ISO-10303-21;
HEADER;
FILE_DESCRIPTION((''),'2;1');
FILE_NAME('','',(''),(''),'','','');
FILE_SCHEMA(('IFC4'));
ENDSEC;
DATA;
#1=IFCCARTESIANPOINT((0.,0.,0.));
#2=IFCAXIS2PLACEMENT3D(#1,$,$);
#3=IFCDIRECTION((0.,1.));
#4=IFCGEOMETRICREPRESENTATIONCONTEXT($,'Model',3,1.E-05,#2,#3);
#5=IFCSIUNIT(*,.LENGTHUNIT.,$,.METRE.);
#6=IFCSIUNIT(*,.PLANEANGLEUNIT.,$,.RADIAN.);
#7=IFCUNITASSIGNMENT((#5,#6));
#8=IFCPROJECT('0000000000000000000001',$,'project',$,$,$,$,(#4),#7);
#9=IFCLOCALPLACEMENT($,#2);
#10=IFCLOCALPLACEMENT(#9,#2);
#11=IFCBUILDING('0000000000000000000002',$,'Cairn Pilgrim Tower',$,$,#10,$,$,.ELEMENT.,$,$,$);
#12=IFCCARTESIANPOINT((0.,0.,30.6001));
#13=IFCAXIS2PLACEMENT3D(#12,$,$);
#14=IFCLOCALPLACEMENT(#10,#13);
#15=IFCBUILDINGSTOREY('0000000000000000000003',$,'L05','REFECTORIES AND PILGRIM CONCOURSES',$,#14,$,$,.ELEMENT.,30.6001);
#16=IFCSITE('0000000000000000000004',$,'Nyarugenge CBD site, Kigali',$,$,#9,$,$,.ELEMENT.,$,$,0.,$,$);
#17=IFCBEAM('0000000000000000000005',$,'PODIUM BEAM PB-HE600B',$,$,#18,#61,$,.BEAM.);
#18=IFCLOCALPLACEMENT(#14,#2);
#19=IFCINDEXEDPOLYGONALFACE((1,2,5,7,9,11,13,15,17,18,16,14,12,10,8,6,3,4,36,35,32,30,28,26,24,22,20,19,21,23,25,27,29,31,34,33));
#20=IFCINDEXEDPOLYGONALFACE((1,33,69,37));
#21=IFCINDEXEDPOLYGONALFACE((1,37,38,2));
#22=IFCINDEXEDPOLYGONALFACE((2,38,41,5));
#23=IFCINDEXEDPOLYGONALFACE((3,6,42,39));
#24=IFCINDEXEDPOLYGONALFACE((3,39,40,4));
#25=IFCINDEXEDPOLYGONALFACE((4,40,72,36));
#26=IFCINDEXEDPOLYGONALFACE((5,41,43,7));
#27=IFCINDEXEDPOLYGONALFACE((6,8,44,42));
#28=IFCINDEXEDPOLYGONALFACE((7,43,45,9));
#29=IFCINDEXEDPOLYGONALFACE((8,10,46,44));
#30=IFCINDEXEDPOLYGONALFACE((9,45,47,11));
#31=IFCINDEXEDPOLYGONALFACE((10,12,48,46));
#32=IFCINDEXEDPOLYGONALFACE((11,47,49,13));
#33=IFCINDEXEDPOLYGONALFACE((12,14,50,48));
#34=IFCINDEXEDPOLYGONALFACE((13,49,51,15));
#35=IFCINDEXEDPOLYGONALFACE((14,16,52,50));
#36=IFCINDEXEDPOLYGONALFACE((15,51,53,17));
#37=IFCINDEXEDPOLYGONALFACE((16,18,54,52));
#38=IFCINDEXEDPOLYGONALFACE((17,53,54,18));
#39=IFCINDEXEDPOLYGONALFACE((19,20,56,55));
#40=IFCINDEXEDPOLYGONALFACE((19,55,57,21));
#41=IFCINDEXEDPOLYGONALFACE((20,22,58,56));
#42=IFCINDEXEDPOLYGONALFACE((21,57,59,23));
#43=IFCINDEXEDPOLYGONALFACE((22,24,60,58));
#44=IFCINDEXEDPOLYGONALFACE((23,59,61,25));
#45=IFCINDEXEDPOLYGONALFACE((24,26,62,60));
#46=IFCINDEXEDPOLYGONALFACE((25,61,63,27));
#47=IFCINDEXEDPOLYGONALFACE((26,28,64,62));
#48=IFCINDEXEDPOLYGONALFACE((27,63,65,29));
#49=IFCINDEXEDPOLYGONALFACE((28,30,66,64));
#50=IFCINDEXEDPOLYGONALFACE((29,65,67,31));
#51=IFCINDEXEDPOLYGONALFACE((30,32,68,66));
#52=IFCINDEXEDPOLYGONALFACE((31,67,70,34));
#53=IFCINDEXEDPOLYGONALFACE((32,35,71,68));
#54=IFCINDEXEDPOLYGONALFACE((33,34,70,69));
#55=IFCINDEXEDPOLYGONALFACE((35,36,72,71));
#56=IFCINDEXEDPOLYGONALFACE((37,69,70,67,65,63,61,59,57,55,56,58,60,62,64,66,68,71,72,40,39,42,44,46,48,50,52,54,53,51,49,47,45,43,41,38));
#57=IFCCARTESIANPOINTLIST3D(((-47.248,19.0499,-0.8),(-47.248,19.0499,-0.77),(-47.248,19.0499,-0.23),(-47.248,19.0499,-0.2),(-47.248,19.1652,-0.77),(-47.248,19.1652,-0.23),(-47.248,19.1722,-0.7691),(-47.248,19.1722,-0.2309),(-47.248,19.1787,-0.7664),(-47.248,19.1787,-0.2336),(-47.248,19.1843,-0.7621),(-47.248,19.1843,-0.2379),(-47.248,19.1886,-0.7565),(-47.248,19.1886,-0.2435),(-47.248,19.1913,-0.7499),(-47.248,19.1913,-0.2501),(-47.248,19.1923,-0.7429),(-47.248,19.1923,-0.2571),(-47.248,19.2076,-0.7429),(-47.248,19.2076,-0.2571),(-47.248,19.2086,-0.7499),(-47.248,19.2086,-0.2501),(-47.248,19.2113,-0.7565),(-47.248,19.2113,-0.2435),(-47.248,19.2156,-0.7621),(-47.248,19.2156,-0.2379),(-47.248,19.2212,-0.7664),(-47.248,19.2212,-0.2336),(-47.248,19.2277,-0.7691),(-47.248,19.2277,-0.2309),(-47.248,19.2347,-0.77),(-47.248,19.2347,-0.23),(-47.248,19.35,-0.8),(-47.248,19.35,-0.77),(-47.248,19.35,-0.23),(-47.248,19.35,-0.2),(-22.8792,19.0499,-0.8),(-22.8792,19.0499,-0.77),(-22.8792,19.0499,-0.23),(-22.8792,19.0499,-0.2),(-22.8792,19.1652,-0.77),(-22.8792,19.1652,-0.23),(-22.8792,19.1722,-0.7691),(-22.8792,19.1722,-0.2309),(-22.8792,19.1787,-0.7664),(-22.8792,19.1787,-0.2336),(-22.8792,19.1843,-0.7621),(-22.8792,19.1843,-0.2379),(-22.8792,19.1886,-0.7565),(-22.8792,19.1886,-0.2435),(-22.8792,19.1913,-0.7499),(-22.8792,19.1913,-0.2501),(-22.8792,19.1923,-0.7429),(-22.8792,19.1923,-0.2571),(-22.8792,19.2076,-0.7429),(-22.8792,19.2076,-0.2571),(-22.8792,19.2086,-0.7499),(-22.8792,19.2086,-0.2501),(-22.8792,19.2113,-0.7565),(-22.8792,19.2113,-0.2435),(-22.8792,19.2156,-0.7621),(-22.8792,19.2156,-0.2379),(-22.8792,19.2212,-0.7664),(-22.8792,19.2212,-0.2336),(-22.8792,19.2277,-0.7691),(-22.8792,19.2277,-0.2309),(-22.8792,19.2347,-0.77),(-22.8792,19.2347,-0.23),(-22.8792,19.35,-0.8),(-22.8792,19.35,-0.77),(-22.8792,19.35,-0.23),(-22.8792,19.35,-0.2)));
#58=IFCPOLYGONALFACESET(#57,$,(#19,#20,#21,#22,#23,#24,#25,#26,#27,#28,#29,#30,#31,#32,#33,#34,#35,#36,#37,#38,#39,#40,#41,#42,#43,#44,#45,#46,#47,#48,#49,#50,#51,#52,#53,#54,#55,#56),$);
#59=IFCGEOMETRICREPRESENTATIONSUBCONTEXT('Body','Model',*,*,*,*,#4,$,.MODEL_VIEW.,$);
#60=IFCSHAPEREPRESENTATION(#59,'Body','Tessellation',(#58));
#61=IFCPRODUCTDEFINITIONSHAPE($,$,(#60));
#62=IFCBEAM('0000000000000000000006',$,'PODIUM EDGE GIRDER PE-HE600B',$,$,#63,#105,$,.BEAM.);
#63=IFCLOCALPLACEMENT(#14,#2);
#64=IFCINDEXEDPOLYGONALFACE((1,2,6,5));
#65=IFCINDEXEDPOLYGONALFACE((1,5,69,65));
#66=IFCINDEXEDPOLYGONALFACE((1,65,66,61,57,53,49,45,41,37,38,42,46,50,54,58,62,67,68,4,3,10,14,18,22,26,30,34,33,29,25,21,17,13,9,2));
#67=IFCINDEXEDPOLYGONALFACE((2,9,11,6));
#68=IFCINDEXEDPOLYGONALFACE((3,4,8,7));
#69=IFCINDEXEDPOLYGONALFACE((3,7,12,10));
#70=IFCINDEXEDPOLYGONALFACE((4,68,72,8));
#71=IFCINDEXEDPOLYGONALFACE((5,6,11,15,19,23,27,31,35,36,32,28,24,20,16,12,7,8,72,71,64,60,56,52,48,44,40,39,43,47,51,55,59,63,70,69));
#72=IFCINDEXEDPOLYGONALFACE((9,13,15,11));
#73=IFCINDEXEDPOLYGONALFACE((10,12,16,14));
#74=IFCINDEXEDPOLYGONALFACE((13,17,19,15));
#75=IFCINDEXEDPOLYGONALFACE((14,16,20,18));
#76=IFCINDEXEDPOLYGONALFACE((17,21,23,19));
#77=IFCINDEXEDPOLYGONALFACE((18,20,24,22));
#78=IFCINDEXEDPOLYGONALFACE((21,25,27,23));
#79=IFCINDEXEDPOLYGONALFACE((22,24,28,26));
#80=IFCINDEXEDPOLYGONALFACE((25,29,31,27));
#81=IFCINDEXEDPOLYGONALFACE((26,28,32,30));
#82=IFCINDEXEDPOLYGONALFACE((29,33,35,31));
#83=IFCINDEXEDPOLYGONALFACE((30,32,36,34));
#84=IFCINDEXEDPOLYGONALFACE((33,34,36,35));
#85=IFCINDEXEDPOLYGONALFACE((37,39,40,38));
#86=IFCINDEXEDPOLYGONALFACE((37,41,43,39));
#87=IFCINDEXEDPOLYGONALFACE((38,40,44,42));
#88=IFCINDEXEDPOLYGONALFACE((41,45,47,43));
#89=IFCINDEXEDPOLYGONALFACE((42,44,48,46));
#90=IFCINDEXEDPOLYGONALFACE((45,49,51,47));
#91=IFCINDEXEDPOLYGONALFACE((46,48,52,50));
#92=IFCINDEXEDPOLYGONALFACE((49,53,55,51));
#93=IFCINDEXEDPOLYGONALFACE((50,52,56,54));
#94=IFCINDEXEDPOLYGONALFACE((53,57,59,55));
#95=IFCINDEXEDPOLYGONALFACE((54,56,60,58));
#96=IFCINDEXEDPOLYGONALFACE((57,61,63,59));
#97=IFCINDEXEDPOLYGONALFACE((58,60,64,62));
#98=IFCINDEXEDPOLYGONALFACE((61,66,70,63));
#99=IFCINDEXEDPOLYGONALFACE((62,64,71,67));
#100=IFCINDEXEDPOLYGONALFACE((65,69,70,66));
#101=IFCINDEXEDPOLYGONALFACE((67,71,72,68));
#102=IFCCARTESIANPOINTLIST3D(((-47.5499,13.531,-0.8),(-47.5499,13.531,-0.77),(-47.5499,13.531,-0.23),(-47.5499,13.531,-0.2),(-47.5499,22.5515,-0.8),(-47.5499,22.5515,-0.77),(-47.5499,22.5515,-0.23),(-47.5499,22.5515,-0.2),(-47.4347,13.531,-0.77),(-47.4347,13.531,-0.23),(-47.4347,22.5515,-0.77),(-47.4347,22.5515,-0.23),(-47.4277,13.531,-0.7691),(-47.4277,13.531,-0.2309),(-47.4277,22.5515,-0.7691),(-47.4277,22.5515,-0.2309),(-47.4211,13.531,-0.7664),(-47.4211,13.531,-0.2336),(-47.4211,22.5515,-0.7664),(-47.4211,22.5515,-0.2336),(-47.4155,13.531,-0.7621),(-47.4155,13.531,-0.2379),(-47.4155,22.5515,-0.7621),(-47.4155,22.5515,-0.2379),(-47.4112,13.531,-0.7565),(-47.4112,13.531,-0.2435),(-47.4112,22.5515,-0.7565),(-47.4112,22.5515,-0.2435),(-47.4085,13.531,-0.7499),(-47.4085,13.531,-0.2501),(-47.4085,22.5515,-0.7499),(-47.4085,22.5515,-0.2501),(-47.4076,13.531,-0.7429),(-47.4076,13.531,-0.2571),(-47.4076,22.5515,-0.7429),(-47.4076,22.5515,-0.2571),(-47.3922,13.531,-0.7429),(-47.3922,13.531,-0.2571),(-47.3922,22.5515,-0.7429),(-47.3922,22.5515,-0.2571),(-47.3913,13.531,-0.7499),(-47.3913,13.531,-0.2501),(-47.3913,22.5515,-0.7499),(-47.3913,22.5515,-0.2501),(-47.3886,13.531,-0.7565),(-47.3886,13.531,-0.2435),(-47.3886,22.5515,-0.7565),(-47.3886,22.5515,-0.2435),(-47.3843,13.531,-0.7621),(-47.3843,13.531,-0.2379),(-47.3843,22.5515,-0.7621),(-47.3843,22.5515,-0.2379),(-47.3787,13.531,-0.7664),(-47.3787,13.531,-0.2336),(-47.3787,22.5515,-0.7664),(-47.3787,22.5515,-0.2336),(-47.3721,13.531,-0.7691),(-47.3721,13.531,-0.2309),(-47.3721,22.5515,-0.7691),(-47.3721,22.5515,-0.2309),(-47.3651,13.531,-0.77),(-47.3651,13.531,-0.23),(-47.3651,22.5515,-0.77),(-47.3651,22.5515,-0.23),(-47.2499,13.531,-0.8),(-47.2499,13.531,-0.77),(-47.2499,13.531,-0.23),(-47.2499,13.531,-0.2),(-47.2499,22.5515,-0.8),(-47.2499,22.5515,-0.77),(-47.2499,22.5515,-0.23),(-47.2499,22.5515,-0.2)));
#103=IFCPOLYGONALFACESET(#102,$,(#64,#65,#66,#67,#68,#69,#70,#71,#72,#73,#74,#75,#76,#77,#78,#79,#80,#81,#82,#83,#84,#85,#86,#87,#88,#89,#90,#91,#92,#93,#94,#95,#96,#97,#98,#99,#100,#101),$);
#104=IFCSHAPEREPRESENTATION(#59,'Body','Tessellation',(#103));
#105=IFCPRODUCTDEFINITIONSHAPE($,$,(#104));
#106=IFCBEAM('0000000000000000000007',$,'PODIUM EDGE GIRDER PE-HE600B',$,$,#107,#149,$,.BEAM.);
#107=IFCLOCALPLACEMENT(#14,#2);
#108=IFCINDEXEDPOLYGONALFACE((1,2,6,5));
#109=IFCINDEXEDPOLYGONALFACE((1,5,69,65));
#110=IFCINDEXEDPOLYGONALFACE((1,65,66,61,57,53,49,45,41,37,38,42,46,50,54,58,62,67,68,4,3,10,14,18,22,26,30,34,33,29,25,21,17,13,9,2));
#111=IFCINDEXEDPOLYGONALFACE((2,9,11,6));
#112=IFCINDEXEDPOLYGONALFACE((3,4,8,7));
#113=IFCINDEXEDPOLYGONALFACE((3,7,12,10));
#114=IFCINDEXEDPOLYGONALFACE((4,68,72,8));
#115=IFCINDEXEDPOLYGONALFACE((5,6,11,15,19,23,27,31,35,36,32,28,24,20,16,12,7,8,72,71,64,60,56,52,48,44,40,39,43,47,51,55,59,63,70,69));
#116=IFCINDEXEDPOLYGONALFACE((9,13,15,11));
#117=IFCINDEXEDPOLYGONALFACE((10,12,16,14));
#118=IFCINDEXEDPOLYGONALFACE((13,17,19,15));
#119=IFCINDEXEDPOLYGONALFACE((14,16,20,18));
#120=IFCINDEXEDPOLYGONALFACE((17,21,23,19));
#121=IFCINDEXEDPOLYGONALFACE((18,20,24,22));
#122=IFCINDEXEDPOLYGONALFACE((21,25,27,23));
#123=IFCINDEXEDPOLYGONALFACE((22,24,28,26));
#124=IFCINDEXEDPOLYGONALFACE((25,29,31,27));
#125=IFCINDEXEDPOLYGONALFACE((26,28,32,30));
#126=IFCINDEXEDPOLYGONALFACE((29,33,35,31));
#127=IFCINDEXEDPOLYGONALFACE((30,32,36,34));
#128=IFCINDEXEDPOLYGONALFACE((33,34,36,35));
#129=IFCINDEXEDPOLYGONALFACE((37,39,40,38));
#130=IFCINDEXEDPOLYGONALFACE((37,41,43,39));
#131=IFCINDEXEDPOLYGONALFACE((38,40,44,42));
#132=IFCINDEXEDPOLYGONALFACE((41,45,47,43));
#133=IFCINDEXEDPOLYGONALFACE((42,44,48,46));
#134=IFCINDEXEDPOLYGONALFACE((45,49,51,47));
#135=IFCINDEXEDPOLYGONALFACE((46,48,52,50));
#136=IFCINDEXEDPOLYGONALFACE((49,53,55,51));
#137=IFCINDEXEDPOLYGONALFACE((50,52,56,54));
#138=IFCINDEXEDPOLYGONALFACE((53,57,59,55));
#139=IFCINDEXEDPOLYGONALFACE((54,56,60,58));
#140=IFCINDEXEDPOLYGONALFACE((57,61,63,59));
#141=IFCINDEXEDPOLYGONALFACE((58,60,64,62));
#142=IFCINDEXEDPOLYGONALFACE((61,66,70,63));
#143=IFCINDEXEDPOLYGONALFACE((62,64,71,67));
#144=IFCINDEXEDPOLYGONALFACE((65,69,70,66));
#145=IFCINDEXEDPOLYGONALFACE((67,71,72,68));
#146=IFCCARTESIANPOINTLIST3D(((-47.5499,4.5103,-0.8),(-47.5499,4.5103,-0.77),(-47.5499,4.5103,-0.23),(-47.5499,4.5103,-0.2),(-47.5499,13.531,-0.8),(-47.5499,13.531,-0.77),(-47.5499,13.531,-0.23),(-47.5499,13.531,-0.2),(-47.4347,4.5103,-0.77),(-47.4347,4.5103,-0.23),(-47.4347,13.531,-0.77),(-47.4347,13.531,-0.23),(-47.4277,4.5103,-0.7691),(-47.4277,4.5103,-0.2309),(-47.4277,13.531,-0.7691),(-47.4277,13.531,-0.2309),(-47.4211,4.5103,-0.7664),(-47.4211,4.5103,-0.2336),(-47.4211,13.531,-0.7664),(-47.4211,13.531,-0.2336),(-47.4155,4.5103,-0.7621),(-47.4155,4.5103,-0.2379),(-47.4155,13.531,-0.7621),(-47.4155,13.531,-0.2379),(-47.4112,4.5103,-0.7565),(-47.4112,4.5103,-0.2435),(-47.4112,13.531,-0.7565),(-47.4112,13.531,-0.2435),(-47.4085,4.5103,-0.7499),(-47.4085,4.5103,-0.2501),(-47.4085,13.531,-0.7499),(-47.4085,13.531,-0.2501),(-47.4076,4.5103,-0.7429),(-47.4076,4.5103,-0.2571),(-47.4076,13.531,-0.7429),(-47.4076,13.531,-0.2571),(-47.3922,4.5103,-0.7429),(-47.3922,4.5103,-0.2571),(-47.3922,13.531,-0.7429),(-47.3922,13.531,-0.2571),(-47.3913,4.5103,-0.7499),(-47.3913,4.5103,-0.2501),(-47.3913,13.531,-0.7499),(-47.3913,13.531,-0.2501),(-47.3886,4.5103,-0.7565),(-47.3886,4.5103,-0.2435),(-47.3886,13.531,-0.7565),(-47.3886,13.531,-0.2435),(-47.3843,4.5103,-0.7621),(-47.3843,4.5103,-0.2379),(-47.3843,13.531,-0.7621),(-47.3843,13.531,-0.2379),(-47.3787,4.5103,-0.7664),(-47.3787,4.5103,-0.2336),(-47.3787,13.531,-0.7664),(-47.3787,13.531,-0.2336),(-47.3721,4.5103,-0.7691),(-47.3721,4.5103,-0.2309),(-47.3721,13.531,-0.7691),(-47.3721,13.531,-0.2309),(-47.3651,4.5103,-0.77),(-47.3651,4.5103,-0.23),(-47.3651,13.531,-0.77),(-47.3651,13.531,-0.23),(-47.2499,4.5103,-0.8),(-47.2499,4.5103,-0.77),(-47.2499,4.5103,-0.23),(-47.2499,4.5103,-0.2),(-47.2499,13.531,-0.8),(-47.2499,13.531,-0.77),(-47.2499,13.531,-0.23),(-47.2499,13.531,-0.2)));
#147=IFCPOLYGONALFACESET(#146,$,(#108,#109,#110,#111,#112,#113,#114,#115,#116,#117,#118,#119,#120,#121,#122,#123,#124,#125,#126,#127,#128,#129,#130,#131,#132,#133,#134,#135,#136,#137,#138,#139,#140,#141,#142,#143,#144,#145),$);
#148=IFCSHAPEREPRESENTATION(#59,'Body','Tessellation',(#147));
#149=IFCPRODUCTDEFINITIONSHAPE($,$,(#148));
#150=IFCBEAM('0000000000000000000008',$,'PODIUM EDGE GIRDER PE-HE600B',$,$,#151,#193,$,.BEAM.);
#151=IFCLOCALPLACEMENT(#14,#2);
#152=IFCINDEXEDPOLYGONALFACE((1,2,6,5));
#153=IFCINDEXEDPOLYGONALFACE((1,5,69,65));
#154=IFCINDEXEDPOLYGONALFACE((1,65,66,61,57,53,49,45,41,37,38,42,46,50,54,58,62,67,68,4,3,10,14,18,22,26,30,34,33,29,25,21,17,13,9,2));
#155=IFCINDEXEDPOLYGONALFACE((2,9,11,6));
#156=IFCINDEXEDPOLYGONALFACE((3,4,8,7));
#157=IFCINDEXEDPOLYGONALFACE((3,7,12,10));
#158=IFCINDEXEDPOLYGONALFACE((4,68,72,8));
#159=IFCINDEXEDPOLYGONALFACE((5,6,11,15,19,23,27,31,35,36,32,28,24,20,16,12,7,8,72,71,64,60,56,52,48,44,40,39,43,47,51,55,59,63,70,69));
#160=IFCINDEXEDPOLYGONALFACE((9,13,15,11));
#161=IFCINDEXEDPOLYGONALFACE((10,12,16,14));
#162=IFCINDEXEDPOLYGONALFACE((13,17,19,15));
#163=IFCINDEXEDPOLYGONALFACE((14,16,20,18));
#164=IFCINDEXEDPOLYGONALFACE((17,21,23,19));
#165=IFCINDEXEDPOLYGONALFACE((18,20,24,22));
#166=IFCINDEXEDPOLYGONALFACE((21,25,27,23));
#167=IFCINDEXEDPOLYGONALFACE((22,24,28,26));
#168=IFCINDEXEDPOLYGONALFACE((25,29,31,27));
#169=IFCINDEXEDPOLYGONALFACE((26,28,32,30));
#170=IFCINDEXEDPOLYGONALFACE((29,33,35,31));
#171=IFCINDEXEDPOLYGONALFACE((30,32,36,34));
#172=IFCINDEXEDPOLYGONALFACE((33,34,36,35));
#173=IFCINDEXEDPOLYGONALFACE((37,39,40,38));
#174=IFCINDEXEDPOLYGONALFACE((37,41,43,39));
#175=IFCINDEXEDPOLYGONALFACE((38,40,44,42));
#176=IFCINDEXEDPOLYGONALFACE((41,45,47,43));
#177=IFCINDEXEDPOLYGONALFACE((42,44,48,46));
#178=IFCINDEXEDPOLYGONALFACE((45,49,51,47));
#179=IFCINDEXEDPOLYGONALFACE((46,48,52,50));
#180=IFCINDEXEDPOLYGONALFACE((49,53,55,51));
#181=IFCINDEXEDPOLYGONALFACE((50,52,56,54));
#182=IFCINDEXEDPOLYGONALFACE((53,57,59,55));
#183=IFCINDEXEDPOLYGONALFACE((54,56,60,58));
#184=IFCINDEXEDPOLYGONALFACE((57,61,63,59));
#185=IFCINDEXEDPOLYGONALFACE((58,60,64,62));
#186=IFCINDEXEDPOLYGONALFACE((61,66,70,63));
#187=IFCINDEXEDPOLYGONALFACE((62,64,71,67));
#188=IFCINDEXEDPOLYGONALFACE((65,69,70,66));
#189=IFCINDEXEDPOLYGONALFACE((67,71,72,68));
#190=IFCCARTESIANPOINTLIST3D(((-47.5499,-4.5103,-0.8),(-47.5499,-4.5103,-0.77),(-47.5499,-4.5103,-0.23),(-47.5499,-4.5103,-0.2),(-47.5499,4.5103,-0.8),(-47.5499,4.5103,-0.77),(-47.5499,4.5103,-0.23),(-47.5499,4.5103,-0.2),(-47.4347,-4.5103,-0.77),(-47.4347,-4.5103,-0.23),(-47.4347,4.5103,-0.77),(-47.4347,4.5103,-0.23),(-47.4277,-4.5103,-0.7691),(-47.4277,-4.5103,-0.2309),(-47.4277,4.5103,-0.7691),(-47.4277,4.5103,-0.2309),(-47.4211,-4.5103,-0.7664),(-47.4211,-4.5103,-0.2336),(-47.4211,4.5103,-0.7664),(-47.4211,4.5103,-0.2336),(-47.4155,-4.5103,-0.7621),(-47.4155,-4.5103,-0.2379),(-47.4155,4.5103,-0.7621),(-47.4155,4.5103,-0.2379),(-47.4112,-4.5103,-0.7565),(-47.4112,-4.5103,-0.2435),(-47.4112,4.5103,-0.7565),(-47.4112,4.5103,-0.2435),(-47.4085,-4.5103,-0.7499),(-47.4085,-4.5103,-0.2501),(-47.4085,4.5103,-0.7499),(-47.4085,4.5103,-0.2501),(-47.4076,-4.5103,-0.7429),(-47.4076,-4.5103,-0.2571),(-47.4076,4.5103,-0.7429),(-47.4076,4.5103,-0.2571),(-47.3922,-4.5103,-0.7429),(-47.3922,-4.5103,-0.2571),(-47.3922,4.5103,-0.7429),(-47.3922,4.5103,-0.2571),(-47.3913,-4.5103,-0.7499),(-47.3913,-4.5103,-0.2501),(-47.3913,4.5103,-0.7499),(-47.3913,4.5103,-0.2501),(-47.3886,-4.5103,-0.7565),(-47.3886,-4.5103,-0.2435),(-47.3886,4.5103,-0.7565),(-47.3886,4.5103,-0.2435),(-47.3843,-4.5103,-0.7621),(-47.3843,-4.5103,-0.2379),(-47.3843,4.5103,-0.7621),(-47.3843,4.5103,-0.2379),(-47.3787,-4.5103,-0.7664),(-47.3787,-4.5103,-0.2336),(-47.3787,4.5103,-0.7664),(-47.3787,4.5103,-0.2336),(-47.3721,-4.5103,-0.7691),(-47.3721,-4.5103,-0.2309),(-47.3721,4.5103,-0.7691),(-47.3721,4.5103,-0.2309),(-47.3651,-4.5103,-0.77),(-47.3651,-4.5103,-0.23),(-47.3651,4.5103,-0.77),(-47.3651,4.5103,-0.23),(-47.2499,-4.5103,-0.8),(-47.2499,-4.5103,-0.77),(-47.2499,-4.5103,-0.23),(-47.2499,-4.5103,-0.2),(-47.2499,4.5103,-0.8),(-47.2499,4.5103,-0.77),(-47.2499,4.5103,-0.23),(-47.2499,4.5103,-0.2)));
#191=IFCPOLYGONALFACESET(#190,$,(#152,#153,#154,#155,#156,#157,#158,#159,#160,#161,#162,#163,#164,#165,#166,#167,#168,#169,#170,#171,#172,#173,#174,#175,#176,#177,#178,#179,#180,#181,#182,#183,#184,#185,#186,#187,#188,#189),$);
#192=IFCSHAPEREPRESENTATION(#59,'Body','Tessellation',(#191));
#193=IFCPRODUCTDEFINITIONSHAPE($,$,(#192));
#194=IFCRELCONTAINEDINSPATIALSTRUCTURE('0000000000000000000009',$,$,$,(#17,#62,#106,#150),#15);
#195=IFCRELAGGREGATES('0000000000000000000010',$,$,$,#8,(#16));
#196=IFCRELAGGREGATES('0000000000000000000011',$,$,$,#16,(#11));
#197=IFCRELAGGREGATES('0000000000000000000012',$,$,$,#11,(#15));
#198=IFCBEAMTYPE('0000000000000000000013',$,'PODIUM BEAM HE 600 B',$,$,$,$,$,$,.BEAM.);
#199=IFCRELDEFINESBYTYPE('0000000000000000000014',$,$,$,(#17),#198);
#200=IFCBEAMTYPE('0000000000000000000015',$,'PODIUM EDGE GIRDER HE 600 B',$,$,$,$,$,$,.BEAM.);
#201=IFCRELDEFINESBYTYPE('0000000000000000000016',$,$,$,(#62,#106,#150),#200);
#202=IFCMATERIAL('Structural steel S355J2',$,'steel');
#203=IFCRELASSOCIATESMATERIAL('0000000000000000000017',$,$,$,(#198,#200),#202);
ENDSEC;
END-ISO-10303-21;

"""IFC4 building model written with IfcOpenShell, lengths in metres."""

from ifc_helpers import new_model, si_unit, direction, frame, origin, origin_2d, place, context, subcontext, project, spatial, i_section, extrude, material, material_profile, profile_set, type_object, element, save


model = new_model("IFC4")

# Units and contexts
model_context = context("Model", 3, precision=1e-05, world=origin(), true_north=direction((0.0, 1.0)))
body_context = subcontext(model_context, "Body", "Model", "MODEL_VIEW")
ifc_project = project(units=[si_unit("LENGTHUNIT", "METRE"), si_unit("PLANEANGLEUNIT", "RADIAN")], contexts=[model_context])

# Site, building, storey
site_placement = place(None, origin())
site = spatial("IfcSite", under=ifc_project, at=site_placement, Name="Nyarugenge CBD site, Kigali", CompositionType="ELEMENT", RefElevation=0.0)
building_placement = place(site_placement, origin())
building = spatial("IfcBuilding", under=site, at=building_placement, Name="Cairn Pilgrim Tower", CompositionType="ELEMENT")
storey_placement = place(building_placement, frame((0.0, 0.0, 30.6001)))
storey = spatial("IfcBuildingStorey", under=building, at=storey_placement, Name="L05", Description="REFECTORIES AND PILGRIM CONCOURSES", CompositionType="ELEMENT", Elevation=30.6001)

# Beams
ifc_material_1 = material(Name="Structural steel S355J2", Category="steel")
ifc_material_profile_1 = material_profile(ifc_material_1, i_section(OverallWidth=0.3, OverallDepth=0.6001, WebThickness=0.0154, FlangeThickness=0.03, FilletRadius=0.0271, at=origin_2d()), Name="HEB 600")
ifc_profile_set_1 = profile_set([ifc_material_profile_1], Name="Structural steel S355J2")
beam_type_1 = type_object("IfcBeamType", Name="PODIUM BEAM HE 600 B", PredefinedType="BEAM", material=ifc_profile_set_1)
beam_1_placement = place(storey_placement, frame((-47.248, 19.2, -0.5), z_axis=(1.0, 0.0, 0.0), x_axis=(0.0, 1.0, 0.0)))
element("IfcBeam", 1, at=beam_1_placement, inside=storey, type_object=beam_type_1, Name="PODIUM BEAM PB-HE600B", PredefinedType="BEAM", context=body_context, shape_type="SweptSolid", body=[
    extrude(i_section(OverallWidth=0.3, OverallDepth=0.6001, WebThickness=0.0154, FlangeThickness=0.03, FilletRadius=0.0271, at=origin_2d()), origin(), (0.0, 0.0, 1.0), 24.3689),
])
ifc_material_profile_2 = material_profile(ifc_material_1, i_section(OverallWidth=0.3, OverallDepth=0.6001, WebThickness=0.0154, FlangeThickness=0.03, FilletRadius=0.0271, at=origin_2d()), Name="HEB 600")
ifc_profile_set_2 = profile_set([ifc_material_profile_2], Name="Structural steel S355J2")
beam_type_2 = type_object("IfcBeamType", Name="PODIUM EDGE GIRDER HE 600 B", PredefinedType="BEAM", material=ifc_profile_set_2)
beam_2_placement = place(storey_placement, frame((-47.3999, 22.5515, -0.5), z_axis=(0.0, -1.0, 0.0), x_axis=(1.0, 0.0, 0.0)))
element("IfcBeam", 2, at=beam_2_placement, inside=storey, type_object=beam_type_2, Name="PODIUM EDGE GIRDER PE-HE600B", PredefinedType="BEAM", context=body_context, shape_type="SweptSolid", body=[
    extrude(i_section(OverallWidth=0.3, OverallDepth=0.6001, WebThickness=0.0154, FlangeThickness=0.03, FilletRadius=0.0271, at=origin_2d()), origin(), (0.0, 0.0, 1.0), 9.0205),
])
beam_3_placement = place(storey_placement, frame((-47.3999, 13.531, -0.5), z_axis=(0.0, -1.0, 0.0), x_axis=(1.0, 0.0, 0.0)))
element("IfcBeam", 3, at=beam_3_placement, inside=storey, type_object=beam_type_2, Name="PODIUM EDGE GIRDER PE-HE600B", PredefinedType="BEAM", context=body_context, shape_type="SweptSolid", body=[
    extrude(i_section(OverallWidth=0.3, OverallDepth=0.6001, WebThickness=0.0154, FlangeThickness=0.03, FilletRadius=0.0271, at=origin_2d()), origin(), (0.0, 0.0, 1.0), 9.0208),
])
beam_4_placement = place(storey_placement, frame((-47.3999, 4.5103, -0.5), z_axis=(0.0, -1.0, 0.0), x_axis=(1.0, 0.0, 0.0)))
element("IfcBeam", 4, at=beam_4_placement, inside=storey, type_object=beam_type_2, Name="PODIUM EDGE GIRDER PE-HE600B", PredefinedType="BEAM", context=body_context, shape_type="SweptSolid", body=[
    extrude(i_section(OverallWidth=0.3, OverallDepth=0.6001, WebThickness=0.0154, FlangeThickness=0.03, FilletRadius=0.0271, at=origin_2d()), origin(), (0.0, 0.0, 1.0), 9.0205),
])

save(model, "model.ifc")
